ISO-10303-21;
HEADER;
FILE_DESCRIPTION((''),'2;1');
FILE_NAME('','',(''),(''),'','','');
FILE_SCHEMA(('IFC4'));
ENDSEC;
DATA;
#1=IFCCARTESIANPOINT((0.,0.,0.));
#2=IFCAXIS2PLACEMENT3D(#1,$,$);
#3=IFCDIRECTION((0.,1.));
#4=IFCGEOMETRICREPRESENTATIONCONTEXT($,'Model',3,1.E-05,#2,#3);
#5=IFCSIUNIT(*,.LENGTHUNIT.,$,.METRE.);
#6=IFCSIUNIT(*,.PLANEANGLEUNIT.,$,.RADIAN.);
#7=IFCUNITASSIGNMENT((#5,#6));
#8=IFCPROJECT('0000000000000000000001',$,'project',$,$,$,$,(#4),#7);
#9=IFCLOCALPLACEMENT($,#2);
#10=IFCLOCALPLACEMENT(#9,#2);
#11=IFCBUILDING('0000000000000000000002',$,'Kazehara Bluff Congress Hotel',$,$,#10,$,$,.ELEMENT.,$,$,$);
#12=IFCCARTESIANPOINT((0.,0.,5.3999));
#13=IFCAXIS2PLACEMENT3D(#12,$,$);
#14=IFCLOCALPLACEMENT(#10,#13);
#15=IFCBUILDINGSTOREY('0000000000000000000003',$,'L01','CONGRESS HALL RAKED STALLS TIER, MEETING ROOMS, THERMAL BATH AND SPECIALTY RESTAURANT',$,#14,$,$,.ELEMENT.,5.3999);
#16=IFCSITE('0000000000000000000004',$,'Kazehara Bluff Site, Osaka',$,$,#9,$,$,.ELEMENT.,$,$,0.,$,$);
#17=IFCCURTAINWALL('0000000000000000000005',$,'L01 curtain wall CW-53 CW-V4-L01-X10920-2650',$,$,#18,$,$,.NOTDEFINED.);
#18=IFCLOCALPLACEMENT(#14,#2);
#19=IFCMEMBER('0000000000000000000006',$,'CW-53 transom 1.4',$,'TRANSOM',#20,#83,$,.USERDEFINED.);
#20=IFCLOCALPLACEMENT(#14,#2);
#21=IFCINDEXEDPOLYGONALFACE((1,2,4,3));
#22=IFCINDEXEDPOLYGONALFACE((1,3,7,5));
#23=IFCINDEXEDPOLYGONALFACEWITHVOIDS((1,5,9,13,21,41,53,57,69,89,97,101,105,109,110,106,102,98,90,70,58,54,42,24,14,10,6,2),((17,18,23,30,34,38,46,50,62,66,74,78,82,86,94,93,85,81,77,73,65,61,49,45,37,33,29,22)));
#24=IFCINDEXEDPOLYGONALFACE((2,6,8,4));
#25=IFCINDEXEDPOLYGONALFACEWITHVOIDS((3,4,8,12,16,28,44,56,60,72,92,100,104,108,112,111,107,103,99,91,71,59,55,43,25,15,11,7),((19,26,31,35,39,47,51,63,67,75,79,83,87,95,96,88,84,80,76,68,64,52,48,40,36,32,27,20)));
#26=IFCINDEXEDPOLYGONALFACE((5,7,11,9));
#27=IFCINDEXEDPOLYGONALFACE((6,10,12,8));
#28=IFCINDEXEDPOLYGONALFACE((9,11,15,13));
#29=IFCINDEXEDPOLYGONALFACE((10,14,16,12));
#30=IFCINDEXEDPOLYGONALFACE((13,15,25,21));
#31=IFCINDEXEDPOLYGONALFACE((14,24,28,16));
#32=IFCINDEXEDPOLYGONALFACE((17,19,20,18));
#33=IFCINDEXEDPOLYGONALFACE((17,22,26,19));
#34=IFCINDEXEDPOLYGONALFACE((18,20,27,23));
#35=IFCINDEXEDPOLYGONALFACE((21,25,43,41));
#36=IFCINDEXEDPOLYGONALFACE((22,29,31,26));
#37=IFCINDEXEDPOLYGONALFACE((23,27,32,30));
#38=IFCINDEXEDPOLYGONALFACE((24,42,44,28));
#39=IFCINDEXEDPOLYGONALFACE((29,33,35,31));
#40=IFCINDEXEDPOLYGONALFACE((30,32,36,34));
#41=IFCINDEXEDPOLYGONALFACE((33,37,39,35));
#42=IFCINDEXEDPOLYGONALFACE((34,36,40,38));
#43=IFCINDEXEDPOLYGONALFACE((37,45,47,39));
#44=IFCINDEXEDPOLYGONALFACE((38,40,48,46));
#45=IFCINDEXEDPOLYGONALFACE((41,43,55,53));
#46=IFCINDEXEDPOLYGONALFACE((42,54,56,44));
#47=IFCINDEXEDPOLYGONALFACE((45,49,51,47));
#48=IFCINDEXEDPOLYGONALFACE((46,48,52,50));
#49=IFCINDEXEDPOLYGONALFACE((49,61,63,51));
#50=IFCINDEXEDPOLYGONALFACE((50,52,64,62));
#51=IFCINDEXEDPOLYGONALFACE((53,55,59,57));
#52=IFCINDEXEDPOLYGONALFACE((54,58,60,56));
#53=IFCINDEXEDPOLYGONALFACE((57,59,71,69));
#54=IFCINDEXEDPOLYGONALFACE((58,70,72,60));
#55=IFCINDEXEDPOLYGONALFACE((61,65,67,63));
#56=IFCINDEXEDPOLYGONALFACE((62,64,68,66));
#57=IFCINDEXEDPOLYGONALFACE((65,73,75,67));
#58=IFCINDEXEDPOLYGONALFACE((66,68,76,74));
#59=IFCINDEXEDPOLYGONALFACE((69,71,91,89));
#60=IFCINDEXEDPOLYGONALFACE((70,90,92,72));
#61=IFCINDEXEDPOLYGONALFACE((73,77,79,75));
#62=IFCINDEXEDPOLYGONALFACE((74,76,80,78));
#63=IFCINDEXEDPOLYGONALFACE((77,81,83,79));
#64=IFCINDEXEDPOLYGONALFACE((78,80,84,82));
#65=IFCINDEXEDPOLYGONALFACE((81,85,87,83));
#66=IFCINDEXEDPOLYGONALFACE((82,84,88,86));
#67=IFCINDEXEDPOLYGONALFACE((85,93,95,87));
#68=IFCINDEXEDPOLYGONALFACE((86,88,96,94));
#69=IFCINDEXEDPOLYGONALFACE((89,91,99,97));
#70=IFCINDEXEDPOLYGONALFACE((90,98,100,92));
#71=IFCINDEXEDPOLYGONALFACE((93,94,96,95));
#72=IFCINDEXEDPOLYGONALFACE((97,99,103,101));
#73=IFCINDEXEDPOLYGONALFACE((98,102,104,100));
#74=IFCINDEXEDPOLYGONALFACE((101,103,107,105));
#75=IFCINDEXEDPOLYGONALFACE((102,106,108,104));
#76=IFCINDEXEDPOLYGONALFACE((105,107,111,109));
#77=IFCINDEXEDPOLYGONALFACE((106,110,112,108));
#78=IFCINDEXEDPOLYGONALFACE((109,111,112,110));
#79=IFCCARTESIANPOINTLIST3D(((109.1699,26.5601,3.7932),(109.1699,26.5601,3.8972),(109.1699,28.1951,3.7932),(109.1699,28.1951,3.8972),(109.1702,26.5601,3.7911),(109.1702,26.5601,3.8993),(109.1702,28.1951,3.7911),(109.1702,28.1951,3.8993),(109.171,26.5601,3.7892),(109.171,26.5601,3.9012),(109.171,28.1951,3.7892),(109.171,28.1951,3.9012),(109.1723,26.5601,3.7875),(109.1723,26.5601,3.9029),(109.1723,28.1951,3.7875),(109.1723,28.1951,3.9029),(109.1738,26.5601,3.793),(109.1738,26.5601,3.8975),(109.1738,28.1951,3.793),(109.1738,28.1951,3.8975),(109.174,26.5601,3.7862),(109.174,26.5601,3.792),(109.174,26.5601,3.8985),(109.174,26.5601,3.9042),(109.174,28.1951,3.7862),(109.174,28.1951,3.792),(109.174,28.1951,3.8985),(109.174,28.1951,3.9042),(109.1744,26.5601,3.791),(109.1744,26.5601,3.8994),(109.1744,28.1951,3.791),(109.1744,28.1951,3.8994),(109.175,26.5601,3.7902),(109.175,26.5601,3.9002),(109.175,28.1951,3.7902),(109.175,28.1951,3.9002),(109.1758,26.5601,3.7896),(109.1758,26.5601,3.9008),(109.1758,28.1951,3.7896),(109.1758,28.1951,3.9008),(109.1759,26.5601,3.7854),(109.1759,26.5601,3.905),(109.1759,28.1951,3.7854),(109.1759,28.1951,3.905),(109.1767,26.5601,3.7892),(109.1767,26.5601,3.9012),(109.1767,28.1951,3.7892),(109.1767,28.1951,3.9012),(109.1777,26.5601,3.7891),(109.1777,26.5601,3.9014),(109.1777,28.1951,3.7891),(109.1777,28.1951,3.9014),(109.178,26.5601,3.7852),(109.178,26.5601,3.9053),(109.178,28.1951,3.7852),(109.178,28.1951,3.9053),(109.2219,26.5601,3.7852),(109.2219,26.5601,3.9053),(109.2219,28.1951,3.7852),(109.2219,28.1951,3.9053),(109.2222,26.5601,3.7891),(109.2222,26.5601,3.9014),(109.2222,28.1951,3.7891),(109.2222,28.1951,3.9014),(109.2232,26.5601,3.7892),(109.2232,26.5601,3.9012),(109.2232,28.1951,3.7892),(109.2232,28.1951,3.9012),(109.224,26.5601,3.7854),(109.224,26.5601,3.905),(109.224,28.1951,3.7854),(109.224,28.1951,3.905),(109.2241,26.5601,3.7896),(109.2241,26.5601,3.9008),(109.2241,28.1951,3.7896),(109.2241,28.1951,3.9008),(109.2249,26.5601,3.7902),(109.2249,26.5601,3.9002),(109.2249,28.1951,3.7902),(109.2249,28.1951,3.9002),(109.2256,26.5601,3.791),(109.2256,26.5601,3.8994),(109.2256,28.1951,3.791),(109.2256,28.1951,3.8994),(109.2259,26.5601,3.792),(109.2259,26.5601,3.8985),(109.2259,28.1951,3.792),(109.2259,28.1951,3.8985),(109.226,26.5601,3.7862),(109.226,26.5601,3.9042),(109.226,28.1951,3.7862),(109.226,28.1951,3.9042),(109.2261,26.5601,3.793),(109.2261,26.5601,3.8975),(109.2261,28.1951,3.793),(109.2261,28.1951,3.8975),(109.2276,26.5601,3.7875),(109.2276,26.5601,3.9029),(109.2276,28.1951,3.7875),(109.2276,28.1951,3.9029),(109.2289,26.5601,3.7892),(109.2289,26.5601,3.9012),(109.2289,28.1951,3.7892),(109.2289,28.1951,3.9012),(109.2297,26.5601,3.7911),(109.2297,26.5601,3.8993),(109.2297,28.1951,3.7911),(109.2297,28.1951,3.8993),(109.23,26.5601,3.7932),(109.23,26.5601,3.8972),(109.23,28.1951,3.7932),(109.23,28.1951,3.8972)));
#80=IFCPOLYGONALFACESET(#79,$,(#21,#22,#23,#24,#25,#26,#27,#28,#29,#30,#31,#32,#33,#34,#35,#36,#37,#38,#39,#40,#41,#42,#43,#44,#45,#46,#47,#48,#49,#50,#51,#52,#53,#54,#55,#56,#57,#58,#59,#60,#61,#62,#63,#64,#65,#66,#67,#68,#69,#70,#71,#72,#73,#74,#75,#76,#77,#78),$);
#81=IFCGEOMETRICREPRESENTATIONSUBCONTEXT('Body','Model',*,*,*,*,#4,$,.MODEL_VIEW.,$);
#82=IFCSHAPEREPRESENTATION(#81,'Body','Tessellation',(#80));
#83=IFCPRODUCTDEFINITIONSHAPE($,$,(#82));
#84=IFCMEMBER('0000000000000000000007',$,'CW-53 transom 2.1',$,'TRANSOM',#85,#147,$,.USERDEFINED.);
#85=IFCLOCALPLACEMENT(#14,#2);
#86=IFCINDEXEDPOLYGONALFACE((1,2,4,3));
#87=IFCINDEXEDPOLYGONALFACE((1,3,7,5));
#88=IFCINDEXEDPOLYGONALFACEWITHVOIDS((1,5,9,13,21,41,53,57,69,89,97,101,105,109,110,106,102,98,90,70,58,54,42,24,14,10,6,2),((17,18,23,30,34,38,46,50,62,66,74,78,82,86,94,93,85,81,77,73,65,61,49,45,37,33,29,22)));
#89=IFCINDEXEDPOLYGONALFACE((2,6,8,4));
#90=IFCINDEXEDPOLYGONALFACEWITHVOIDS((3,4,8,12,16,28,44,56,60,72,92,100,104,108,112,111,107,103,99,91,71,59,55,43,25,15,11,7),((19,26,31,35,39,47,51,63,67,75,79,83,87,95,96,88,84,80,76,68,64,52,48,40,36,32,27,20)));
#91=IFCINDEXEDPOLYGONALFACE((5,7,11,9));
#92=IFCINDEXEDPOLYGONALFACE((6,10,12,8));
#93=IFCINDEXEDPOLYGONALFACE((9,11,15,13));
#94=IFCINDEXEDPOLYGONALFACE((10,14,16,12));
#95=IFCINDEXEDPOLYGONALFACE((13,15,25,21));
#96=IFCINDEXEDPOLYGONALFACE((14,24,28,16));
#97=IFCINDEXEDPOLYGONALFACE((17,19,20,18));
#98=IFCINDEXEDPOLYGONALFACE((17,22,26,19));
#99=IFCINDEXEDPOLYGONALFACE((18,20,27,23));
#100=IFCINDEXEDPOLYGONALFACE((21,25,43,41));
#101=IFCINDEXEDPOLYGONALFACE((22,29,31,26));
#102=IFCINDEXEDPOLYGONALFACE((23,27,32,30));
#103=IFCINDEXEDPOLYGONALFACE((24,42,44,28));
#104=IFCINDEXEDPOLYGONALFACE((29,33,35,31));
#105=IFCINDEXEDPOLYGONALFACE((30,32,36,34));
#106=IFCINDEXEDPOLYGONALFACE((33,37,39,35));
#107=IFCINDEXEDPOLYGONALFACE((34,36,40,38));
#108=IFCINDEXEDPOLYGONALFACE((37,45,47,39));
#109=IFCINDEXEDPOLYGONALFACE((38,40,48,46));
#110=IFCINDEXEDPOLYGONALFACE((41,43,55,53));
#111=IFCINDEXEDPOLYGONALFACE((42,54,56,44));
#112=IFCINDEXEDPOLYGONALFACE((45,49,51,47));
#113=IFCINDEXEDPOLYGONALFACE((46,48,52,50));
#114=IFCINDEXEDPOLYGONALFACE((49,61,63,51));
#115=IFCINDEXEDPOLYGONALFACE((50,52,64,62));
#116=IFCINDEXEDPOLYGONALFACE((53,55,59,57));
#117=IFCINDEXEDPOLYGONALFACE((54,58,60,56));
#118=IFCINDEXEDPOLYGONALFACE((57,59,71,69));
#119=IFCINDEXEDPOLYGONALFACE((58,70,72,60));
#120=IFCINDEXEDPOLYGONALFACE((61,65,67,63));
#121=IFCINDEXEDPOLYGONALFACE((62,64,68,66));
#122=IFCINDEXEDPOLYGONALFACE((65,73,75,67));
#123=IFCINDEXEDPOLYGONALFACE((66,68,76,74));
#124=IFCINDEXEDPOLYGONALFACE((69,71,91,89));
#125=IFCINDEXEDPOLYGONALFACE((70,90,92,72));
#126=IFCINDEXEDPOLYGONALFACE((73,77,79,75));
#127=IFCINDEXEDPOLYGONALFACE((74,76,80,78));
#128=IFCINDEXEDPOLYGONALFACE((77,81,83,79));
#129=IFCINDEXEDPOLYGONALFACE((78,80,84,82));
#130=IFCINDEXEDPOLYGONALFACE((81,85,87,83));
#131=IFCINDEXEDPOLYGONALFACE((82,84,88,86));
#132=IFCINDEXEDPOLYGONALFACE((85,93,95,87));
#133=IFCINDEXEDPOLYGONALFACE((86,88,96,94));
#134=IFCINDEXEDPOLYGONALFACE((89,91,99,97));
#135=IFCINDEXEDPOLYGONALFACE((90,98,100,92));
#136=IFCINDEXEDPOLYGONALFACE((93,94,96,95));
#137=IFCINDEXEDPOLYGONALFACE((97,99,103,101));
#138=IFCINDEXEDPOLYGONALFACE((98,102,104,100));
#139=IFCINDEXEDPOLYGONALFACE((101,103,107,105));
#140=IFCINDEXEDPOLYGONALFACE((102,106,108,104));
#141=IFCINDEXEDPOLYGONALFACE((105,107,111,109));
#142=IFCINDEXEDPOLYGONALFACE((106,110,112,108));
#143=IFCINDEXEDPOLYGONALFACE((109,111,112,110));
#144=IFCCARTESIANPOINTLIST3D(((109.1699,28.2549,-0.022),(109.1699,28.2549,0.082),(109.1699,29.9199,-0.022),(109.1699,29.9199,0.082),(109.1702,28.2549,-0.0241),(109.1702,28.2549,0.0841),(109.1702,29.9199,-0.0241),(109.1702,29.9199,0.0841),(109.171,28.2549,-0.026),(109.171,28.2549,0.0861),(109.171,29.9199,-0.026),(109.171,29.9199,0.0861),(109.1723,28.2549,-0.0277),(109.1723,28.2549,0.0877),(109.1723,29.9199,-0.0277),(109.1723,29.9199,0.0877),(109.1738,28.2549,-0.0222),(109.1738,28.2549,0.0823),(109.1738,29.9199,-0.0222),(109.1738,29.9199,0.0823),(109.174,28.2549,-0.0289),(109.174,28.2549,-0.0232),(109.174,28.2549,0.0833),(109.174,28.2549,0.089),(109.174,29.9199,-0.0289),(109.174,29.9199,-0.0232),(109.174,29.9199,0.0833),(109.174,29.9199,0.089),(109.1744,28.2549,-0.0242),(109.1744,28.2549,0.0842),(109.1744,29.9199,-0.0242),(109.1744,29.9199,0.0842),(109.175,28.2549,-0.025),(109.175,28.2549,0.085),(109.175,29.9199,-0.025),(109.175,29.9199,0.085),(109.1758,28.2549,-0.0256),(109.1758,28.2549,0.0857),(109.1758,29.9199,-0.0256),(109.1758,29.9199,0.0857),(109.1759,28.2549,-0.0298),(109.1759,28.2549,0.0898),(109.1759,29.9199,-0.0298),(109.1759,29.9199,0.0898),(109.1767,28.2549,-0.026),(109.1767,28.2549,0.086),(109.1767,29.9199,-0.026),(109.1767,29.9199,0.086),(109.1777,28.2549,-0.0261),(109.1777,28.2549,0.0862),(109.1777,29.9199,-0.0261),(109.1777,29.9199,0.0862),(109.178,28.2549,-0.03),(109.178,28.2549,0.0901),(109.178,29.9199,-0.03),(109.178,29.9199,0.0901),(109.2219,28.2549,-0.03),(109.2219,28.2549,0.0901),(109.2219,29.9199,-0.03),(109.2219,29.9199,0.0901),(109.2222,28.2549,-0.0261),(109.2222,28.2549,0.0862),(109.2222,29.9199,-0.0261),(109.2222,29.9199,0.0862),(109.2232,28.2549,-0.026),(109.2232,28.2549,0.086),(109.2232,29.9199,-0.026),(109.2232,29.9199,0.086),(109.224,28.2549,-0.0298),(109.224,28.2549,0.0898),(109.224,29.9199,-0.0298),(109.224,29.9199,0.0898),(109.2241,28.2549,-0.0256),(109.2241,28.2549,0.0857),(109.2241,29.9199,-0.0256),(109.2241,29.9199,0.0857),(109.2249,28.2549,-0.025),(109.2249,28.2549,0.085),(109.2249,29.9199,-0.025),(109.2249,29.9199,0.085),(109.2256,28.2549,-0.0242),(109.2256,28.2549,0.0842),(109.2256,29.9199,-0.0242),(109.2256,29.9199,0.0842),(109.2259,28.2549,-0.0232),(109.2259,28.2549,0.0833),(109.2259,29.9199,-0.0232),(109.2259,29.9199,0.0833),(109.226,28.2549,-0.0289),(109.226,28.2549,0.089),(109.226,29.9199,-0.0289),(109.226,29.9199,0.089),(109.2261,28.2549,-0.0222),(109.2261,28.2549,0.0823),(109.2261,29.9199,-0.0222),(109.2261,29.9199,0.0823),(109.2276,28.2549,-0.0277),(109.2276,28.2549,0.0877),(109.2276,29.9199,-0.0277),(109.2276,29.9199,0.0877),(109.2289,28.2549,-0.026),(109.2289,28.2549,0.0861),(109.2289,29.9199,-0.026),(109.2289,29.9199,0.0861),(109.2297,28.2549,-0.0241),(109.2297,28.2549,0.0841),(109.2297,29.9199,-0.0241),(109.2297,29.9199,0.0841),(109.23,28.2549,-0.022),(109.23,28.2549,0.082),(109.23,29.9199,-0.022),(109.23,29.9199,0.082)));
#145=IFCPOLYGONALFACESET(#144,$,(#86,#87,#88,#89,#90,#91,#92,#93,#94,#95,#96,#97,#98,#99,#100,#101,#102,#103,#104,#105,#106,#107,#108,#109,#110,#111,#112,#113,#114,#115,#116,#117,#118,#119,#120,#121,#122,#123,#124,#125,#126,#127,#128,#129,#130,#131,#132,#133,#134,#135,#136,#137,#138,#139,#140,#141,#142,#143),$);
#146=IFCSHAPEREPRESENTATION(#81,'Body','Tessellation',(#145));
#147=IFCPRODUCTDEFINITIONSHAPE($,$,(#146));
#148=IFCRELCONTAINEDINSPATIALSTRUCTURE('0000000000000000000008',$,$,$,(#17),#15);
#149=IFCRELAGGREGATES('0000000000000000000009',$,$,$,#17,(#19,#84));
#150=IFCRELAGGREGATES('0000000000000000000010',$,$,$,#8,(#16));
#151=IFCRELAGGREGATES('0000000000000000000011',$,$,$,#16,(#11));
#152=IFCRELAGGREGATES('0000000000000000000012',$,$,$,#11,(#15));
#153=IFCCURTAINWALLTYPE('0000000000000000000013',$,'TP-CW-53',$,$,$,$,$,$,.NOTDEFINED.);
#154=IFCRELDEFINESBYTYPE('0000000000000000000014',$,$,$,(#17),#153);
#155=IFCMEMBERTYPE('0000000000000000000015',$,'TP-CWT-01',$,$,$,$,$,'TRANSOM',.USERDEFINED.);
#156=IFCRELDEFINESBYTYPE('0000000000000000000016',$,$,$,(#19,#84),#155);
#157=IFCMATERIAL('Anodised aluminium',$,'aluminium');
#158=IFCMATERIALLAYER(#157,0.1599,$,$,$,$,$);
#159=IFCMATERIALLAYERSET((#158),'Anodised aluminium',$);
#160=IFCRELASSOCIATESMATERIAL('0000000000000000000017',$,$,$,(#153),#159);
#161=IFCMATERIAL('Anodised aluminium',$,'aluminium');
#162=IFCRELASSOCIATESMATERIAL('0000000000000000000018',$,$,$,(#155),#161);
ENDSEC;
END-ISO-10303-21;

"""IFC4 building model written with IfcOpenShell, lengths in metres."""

from ifc_helpers import new_model, si_unit, direction, frame, origin, origin_2d, place, context, subcontext, project, spatial, hollow_rectangle, extrude, material, layer, layer_set, material_profile, profile_set, type_object, element, aggregate, save


model = new_model("IFC4")

# Units and contexts
model_context = context("Model", 3, precision=1e-05, world=origin(), true_north=direction((0.0, 1.0)))
body_context = subcontext(model_context, "Body", "Model", "MODEL_VIEW")
ifc_project = project(units=[si_unit("LENGTHUNIT", "METRE"), si_unit("PLANEANGLEUNIT", "RADIAN")], contexts=[model_context])

# Site, building, storey
site_placement = place(None, origin())
site = spatial("IfcSite", under=ifc_project, at=site_placement, Name="Kazehara Bluff Site, Osaka", CompositionType="ELEMENT", RefElevation=0.0)
building_placement = place(site_placement, origin())
building = spatial("IfcBuilding", under=site, at=building_placement, Name="Kazehara Bluff Congress Hotel", CompositionType="ELEMENT")
storey_placement = place(building_placement, frame((0.0, 0.0, 5.3999)))
storey = spatial("IfcBuildingStorey", under=building, at=storey_placement, Name="L01", Description="CONGRESS HALL RAKED STALLS TIER, MEETING ROOMS, THERMAL BATH AND SPECIALTY RESTAURANT", CompositionType="ELEMENT", Elevation=5.3999)

# Curtain wall, members
ifc_material_1 = material(Name="Anodised aluminium", Category="aluminium")
ifc_layer_1 = layer(ifc_material_1, 0.1599)
ifc_layer_set_1 = layer_set([ifc_layer_1], Name="Anodised aluminium")
curtain_wall_type = type_object("IfcCurtainWallType", Name="TP-CW-53", PredefinedType="NOTDEFINED", material=ifc_layer_set_1)
curtain_wall_placement = place(storey_placement, origin())
curtain_wall = element("IfcCurtainWall", 1, at=curtain_wall_placement, inside=storey, type_object=curtain_wall_type, Name="L01 curtain wall CW-53 CW-V4-L01-X10920-2650", PredefinedType="NOTDEFINED")
ifc_material_2 = material(Name="Anodised aluminium", Category="aluminium")
ifc_material_profile_1 = material_profile(ifc_material_2, hollow_rectangle(XDim=0.0601, YDim=0.1201, WallThickness=0.0039, InnerFilletRadius=0.0039, OuterFilletRadius=0.0081, at=origin_2d()))
ifc_profile_set_1 = profile_set([ifc_material_profile_1], Name="Anodised aluminium")
member_type_1 = type_object("IfcMemberType", Name="TP-CWT-01", ElementType="TRANSOM", PredefinedType="USERDEFINED", material=ifc_profile_set_1)
member_1_placement = place(storey_placement, frame((109.2, 26.5601, 3.8452), z_axis=(0.0, 1.0, 0.0), x_axis=(-1.0, 0.0, 0.0)))
member_1 = element("IfcMember", 2, at=member_1_placement, type_object=member_type_1, Name="CW-53 transom 1.4", ObjectType="TRANSOM", PredefinedType="USERDEFINED", context=body_context, shape_type="SweptSolid", body=[
    extrude(hollow_rectangle(XDim=0.0601, YDim=0.1201, WallThickness=0.0039, InnerFilletRadius=0.0039, OuterFilletRadius=0.0081, at=origin_2d()), origin(), (0.0, 0.0, 1.0), 1.635),
])
member_2_placement = place(storey_placement, frame((109.2, 28.2549, 0.03), z_axis=(0.0, 1.0, 0.0), x_axis=(-1.0, 0.0, 0.0)))
member_2 = element("IfcMember", 3, at=member_2_placement, type_object=member_type_1, Name="CW-53 transom 2.1", ObjectType="TRANSOM", PredefinedType="USERDEFINED", context=body_context, shape_type="SweptSolid", body=[
    extrude(hollow_rectangle(XDim=0.0601, YDim=0.1201, WallThickness=0.0039, InnerFilletRadius=0.0039, OuterFilletRadius=0.0081, at=origin_2d()), origin(), (0.0, 0.0, 1.0), 1.665),
])

aggregate(curtain_wall, [member_1, member_2])

save(model, "model.ifc")
